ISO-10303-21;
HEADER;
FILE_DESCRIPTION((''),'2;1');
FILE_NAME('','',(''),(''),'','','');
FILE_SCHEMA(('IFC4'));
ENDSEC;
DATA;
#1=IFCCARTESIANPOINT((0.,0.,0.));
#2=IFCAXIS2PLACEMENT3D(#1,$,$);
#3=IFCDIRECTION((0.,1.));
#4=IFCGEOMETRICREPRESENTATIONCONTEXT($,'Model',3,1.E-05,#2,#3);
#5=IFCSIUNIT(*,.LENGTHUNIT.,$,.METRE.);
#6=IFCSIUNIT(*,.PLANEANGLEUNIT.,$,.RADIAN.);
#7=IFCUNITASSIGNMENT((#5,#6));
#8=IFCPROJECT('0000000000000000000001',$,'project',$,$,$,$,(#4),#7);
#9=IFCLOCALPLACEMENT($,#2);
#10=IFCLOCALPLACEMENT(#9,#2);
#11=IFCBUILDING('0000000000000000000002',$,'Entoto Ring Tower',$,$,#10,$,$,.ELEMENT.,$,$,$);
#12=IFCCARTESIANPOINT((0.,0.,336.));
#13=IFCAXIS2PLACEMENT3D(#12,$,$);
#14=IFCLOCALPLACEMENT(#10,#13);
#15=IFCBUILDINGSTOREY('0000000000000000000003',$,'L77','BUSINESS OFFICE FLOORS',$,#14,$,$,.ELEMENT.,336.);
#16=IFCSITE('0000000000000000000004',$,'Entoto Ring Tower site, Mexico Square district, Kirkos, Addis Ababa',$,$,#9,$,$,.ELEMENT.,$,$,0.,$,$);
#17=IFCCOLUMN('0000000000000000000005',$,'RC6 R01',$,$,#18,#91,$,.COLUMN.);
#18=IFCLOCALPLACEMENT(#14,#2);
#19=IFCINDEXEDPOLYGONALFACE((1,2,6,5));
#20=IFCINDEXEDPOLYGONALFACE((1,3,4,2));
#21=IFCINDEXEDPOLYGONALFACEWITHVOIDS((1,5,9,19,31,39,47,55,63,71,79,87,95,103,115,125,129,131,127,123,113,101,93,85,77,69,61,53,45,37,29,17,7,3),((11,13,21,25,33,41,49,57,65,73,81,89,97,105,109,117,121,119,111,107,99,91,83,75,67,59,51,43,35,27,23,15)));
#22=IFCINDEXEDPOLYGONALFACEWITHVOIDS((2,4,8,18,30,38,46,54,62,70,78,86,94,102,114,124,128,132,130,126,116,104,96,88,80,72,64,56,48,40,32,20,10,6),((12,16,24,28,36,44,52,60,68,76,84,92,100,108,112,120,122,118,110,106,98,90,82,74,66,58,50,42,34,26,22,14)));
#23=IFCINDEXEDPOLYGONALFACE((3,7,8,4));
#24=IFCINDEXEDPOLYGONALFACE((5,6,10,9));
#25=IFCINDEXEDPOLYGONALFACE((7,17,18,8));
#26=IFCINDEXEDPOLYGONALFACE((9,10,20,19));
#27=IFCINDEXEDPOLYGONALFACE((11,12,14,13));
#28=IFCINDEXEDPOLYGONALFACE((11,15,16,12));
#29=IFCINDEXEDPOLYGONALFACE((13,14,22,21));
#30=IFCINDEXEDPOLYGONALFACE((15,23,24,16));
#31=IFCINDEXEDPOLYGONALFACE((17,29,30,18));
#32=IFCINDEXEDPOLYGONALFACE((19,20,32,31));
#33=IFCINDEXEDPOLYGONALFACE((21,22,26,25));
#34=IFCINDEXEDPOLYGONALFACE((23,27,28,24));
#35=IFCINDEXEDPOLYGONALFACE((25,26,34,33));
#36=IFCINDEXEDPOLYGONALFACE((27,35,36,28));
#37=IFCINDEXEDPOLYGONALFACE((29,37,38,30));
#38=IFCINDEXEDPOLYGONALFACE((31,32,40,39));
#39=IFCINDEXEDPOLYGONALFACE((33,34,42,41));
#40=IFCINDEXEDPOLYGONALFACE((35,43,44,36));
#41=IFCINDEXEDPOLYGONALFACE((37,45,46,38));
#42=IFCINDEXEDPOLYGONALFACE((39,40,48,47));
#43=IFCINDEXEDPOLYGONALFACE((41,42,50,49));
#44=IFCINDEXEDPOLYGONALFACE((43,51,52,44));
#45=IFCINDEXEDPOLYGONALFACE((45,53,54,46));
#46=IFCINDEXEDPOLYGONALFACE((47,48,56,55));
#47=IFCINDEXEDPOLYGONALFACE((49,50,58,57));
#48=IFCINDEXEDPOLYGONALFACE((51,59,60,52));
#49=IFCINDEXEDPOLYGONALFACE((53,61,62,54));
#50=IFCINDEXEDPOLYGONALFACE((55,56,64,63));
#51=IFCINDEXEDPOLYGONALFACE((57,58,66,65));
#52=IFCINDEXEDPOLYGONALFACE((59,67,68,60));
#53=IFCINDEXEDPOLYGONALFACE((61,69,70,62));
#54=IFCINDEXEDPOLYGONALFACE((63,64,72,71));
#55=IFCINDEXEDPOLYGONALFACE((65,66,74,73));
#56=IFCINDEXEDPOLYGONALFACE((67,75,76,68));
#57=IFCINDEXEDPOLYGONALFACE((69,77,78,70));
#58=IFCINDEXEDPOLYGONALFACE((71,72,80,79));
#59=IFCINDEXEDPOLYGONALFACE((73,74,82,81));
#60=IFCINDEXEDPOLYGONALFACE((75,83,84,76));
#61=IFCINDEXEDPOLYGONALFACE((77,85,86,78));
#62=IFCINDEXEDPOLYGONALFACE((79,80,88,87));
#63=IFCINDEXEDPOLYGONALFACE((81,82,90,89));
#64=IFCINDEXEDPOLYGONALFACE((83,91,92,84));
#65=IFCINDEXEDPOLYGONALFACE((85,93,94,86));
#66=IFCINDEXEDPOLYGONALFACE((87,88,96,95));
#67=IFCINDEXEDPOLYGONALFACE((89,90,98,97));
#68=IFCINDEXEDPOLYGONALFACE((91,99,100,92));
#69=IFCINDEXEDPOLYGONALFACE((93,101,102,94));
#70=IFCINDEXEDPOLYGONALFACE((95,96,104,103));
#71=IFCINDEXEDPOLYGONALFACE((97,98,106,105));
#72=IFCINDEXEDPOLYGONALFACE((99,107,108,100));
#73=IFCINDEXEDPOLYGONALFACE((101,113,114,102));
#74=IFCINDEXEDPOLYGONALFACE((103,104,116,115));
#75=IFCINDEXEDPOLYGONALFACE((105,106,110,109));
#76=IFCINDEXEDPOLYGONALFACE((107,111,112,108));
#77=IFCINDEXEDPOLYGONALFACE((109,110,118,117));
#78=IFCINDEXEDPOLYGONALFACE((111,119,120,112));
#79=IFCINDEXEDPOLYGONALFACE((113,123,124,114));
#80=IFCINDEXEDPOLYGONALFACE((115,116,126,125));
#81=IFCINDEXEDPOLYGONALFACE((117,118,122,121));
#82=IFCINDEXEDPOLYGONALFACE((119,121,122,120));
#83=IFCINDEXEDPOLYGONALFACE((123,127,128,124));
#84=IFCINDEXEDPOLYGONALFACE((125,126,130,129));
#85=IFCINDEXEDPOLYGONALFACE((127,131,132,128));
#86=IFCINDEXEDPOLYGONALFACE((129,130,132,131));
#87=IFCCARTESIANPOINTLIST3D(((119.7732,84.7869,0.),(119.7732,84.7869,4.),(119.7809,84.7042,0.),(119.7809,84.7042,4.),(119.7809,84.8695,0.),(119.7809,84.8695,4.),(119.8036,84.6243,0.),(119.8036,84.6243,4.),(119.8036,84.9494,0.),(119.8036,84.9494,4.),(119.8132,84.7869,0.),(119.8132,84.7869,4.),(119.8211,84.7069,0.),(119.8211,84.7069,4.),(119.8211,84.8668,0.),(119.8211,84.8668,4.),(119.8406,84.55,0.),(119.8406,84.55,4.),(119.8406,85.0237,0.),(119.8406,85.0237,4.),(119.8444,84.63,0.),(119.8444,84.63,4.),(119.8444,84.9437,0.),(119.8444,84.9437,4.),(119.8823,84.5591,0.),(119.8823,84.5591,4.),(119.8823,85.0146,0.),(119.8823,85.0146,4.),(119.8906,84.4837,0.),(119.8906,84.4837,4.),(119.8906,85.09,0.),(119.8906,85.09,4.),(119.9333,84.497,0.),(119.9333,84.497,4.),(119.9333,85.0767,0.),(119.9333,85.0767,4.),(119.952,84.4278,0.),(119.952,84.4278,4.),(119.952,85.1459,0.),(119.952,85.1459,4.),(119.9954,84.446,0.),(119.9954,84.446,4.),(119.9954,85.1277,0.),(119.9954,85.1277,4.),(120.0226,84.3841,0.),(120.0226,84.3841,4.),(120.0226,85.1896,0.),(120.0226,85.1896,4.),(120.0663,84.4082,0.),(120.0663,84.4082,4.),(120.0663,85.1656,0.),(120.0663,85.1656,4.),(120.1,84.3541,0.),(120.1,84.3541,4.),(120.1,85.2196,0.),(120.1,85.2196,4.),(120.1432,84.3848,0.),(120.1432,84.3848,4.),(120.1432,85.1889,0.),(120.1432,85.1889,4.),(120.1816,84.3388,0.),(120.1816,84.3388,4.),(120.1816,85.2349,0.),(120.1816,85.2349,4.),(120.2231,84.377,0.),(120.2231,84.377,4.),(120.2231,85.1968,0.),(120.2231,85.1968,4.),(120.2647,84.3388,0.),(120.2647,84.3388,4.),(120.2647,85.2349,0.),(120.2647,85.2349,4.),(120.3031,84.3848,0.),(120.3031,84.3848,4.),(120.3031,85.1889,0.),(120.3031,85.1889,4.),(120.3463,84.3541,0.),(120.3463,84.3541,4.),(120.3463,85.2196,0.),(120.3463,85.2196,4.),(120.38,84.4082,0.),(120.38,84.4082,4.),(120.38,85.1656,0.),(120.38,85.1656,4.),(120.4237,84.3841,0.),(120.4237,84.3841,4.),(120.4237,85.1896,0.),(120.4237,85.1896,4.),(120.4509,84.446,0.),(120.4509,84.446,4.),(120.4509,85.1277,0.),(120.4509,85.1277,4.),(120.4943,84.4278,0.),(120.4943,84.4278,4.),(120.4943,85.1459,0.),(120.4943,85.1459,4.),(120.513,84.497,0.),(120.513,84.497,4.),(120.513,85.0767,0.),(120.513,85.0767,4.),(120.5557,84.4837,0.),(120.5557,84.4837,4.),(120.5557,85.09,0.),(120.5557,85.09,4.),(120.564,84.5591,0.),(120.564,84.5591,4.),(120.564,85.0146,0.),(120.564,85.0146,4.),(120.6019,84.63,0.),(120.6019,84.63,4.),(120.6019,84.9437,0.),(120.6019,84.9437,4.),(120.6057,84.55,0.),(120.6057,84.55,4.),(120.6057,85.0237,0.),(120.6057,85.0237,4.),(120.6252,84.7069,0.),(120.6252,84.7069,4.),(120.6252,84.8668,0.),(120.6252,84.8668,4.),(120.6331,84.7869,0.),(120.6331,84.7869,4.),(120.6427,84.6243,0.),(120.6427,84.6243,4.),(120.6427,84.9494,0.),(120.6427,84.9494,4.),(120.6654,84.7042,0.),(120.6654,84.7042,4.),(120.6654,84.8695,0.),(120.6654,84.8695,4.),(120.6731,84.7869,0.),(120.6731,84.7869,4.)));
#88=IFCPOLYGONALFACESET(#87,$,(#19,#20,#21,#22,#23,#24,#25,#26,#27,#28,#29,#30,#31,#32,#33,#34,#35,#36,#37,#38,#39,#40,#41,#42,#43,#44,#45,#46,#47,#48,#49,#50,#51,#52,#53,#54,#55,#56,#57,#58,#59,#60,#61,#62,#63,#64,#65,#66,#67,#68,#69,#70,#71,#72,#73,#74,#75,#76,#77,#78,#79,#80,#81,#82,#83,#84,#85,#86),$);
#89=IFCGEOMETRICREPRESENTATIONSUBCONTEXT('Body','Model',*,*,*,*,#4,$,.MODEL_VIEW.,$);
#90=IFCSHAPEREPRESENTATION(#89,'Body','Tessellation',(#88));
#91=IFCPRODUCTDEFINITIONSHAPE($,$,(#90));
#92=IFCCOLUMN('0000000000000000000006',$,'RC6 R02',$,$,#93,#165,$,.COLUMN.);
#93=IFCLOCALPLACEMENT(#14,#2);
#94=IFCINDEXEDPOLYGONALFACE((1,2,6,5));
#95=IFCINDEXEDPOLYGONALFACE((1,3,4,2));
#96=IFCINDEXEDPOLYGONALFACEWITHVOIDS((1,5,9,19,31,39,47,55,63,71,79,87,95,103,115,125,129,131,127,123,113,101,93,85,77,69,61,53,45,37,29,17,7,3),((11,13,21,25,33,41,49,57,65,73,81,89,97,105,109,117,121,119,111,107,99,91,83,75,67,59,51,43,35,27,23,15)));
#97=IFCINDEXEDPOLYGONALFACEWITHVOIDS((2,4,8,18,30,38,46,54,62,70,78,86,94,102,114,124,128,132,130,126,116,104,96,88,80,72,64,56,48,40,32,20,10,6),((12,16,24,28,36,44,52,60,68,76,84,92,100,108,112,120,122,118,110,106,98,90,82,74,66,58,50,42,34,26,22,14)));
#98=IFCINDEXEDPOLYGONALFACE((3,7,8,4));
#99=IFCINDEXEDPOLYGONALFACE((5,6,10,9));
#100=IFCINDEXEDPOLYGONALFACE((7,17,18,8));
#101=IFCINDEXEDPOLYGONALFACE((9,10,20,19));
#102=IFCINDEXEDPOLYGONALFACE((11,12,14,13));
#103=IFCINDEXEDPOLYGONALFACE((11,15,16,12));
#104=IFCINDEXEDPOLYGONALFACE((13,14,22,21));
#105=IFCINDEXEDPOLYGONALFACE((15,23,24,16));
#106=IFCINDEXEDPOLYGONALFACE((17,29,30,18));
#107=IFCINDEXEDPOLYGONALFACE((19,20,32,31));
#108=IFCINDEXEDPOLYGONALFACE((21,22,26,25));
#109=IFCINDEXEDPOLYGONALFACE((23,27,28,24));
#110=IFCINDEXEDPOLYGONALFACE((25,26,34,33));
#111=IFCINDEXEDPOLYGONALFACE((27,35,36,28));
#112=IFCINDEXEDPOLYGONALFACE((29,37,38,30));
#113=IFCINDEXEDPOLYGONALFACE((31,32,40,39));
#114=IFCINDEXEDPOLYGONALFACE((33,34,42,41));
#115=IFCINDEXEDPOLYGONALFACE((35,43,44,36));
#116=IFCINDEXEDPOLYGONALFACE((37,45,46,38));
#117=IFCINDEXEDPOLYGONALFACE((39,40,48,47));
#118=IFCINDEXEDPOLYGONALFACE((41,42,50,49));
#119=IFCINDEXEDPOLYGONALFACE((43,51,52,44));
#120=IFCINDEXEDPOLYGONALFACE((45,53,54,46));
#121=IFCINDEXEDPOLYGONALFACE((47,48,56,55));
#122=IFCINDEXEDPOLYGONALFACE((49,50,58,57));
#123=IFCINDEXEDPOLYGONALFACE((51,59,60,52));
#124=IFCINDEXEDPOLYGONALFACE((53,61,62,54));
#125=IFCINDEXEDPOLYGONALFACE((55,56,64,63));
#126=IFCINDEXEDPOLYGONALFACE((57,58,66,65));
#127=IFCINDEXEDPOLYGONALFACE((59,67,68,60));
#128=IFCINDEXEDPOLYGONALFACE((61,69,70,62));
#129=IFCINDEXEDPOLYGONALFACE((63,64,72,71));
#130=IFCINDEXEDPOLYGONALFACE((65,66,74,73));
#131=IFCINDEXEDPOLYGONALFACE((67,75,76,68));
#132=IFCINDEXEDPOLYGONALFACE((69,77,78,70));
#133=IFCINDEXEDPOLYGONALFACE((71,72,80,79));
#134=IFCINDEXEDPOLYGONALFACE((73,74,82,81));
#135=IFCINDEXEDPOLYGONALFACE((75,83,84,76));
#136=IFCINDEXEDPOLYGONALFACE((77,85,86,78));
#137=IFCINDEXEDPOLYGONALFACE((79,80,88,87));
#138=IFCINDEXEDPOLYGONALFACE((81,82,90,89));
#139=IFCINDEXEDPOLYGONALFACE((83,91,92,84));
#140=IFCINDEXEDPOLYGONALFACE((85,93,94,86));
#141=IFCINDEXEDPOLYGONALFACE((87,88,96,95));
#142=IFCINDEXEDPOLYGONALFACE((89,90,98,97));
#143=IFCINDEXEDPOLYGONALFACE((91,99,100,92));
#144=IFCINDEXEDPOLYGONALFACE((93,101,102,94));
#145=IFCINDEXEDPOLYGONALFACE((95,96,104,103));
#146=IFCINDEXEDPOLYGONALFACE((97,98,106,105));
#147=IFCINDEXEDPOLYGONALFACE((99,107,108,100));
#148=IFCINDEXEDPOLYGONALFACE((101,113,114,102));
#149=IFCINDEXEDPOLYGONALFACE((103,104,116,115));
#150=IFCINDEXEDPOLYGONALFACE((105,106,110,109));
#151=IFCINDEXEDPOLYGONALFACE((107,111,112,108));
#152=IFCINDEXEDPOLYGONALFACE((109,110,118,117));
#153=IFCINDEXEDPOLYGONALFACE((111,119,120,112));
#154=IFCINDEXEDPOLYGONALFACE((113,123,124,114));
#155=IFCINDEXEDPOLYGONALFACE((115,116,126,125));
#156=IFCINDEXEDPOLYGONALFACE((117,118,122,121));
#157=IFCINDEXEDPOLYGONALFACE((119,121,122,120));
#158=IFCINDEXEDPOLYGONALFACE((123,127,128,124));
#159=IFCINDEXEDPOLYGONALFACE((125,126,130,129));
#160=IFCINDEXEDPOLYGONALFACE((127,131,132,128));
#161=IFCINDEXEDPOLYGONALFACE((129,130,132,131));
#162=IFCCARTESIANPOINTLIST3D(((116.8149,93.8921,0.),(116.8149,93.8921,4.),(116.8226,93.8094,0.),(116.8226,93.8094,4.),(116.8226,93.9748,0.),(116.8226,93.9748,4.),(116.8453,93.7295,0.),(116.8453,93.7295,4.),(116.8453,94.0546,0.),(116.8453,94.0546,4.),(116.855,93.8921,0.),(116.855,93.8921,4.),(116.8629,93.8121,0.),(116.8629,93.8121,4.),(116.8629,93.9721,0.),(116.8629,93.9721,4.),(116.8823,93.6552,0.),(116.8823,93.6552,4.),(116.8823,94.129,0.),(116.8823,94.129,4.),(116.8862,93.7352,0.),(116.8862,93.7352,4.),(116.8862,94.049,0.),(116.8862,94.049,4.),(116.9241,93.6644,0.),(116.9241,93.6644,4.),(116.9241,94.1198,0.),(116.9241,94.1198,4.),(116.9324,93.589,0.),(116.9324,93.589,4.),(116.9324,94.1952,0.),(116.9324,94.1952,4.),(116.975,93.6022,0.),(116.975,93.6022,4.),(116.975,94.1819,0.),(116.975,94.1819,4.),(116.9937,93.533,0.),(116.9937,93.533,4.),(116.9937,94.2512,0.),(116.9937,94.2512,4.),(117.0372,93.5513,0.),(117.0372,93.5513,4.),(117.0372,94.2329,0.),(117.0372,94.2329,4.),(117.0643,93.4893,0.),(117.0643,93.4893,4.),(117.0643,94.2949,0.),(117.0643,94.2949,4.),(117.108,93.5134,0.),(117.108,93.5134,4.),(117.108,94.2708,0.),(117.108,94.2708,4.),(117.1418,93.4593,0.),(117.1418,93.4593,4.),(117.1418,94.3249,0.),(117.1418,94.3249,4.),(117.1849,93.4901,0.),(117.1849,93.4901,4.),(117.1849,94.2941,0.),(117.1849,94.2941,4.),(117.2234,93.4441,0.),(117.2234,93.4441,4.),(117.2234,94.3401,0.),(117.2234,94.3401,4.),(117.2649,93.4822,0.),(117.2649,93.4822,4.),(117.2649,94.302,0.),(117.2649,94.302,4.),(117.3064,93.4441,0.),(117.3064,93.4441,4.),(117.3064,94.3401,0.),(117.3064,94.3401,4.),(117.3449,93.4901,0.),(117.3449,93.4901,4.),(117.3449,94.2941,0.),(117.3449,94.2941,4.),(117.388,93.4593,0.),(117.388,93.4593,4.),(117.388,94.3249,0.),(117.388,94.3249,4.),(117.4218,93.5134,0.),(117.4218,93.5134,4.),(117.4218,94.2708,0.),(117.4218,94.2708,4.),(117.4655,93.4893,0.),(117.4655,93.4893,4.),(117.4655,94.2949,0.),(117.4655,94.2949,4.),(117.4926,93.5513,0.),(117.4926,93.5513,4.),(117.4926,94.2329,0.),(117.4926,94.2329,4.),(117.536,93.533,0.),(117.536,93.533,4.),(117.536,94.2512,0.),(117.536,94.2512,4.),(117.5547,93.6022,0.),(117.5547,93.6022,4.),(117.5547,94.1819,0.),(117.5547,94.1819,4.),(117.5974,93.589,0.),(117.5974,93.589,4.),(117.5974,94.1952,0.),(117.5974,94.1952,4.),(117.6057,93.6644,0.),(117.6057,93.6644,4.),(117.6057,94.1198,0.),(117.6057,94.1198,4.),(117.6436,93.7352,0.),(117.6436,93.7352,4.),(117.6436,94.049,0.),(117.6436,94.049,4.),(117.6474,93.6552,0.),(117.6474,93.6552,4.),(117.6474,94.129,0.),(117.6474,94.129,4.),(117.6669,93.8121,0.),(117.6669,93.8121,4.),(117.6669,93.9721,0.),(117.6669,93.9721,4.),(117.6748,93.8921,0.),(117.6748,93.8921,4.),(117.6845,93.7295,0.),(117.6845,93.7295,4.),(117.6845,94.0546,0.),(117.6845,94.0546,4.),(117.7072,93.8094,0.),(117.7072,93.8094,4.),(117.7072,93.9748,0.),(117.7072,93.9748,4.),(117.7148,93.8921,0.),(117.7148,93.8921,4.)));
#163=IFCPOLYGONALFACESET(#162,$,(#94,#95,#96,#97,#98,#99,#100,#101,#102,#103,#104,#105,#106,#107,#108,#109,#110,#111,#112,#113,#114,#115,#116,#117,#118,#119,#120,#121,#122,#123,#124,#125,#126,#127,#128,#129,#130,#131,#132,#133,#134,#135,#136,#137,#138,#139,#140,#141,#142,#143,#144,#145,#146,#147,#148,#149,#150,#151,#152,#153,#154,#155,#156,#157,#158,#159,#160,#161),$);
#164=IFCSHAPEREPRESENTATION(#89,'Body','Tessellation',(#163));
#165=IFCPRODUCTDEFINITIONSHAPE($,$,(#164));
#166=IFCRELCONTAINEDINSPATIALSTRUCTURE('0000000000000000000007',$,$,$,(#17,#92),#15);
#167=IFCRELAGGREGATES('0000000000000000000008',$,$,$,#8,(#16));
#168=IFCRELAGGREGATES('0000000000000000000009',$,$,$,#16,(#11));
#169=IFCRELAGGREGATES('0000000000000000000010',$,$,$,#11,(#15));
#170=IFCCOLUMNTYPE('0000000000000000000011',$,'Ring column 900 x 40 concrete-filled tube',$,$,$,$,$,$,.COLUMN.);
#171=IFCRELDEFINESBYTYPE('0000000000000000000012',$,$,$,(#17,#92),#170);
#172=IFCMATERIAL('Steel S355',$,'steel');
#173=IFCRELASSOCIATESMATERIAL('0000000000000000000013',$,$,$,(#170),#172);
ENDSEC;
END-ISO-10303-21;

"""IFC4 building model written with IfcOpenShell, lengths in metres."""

from ifc_helpers import new_model, si_unit, direction, frame, origin, origin_2d, place, context, subcontext, project, spatial, circle, hollow_circle, extrude, material, material_profile, profile_set, type_object, element, save


model = new_model("IFC4")

# Units and contexts
model_context = context("Model", 3, precision=1e-05, world=origin(), true_north=direction((0.0, 1.0)))
body_context = subcontext(model_context, "Body", "Model", "MODEL_VIEW")
ifc_project = project(units=[si_unit("LENGTHUNIT", "METRE"), si_unit("PLANEANGLEUNIT", "RADIAN")], contexts=[model_context])

# Site, building, storey
site_placement = place(None, origin())
site = spatial("IfcSite", under=ifc_project, at=site_placement, Name="Entoto Ring Tower site, Mexico Square district, Kirkos, Addis Ababa", CompositionType="ELEMENT", RefElevation=0.0)
building_placement = place(site_placement, origin())
building = spatial("IfcBuilding", under=site, at=building_placement, Name="Entoto Ring Tower", CompositionType="ELEMENT")
storey_placement = place(building_placement, frame((0.0, 0.0, 336.0)))
storey = spatial("IfcBuildingStorey", under=building, at=storey_placement, Name="L77", Description="BUSINESS OFFICE FLOORS", CompositionType="ELEMENT", Elevation=336.0)

# Columns
ifc_material_1 = material(Name="Steel S355", Category="steel")
ifc_material_profile_1 = material_profile(ifc_material_1, hollow_circle(Radius=0.45, WallThickness=0.04, at=origin_2d()), Name="CHS 900 x 40")
ifc_material_2 = material(Name="Concrete C60/75", Category="concrete")
ifc_material_profile_2 = material_profile(ifc_material_2, circle(Radius=0.4099, at=origin_2d()), Name="Concrete C60/75 infill")
ifc_profile_set_1 = profile_set([ifc_material_profile_1, ifc_material_profile_2], Name="Steel S355")
column_type = type_object("IfcColumnType", Name="Ring column 900 x 40 concrete-filled tube", PredefinedType="COLUMN", material=ifc_profile_set_1)
for number, where, z_axis, x_axis, name in (
    (1, (120.2231, 84.7869, 0.0), (0.0, 0.0, 1.0), (1.0, 0.0, 0.0), "RC6 R01"),
    (2, (117.2649, 93.8921, 0.0), (0.0, 0.0, 1.0), (1.0, 0.0, 0.0), "RC6 R02"),
):
    element("IfcColumn", number, at=place(storey_placement, frame(where, z_axis=z_axis, x_axis=x_axis)), inside=storey, type_object=column_type, Name=name, PredefinedType="COLUMN", context=body_context, shape_type="SweptSolid", body=[
        extrude(hollow_circle(Radius=0.45, WallThickness=0.04, at=origin_2d()), origin(), (0.0, 0.0, 1.0), 4.0),
    ])

save(model, "model.ifc")
